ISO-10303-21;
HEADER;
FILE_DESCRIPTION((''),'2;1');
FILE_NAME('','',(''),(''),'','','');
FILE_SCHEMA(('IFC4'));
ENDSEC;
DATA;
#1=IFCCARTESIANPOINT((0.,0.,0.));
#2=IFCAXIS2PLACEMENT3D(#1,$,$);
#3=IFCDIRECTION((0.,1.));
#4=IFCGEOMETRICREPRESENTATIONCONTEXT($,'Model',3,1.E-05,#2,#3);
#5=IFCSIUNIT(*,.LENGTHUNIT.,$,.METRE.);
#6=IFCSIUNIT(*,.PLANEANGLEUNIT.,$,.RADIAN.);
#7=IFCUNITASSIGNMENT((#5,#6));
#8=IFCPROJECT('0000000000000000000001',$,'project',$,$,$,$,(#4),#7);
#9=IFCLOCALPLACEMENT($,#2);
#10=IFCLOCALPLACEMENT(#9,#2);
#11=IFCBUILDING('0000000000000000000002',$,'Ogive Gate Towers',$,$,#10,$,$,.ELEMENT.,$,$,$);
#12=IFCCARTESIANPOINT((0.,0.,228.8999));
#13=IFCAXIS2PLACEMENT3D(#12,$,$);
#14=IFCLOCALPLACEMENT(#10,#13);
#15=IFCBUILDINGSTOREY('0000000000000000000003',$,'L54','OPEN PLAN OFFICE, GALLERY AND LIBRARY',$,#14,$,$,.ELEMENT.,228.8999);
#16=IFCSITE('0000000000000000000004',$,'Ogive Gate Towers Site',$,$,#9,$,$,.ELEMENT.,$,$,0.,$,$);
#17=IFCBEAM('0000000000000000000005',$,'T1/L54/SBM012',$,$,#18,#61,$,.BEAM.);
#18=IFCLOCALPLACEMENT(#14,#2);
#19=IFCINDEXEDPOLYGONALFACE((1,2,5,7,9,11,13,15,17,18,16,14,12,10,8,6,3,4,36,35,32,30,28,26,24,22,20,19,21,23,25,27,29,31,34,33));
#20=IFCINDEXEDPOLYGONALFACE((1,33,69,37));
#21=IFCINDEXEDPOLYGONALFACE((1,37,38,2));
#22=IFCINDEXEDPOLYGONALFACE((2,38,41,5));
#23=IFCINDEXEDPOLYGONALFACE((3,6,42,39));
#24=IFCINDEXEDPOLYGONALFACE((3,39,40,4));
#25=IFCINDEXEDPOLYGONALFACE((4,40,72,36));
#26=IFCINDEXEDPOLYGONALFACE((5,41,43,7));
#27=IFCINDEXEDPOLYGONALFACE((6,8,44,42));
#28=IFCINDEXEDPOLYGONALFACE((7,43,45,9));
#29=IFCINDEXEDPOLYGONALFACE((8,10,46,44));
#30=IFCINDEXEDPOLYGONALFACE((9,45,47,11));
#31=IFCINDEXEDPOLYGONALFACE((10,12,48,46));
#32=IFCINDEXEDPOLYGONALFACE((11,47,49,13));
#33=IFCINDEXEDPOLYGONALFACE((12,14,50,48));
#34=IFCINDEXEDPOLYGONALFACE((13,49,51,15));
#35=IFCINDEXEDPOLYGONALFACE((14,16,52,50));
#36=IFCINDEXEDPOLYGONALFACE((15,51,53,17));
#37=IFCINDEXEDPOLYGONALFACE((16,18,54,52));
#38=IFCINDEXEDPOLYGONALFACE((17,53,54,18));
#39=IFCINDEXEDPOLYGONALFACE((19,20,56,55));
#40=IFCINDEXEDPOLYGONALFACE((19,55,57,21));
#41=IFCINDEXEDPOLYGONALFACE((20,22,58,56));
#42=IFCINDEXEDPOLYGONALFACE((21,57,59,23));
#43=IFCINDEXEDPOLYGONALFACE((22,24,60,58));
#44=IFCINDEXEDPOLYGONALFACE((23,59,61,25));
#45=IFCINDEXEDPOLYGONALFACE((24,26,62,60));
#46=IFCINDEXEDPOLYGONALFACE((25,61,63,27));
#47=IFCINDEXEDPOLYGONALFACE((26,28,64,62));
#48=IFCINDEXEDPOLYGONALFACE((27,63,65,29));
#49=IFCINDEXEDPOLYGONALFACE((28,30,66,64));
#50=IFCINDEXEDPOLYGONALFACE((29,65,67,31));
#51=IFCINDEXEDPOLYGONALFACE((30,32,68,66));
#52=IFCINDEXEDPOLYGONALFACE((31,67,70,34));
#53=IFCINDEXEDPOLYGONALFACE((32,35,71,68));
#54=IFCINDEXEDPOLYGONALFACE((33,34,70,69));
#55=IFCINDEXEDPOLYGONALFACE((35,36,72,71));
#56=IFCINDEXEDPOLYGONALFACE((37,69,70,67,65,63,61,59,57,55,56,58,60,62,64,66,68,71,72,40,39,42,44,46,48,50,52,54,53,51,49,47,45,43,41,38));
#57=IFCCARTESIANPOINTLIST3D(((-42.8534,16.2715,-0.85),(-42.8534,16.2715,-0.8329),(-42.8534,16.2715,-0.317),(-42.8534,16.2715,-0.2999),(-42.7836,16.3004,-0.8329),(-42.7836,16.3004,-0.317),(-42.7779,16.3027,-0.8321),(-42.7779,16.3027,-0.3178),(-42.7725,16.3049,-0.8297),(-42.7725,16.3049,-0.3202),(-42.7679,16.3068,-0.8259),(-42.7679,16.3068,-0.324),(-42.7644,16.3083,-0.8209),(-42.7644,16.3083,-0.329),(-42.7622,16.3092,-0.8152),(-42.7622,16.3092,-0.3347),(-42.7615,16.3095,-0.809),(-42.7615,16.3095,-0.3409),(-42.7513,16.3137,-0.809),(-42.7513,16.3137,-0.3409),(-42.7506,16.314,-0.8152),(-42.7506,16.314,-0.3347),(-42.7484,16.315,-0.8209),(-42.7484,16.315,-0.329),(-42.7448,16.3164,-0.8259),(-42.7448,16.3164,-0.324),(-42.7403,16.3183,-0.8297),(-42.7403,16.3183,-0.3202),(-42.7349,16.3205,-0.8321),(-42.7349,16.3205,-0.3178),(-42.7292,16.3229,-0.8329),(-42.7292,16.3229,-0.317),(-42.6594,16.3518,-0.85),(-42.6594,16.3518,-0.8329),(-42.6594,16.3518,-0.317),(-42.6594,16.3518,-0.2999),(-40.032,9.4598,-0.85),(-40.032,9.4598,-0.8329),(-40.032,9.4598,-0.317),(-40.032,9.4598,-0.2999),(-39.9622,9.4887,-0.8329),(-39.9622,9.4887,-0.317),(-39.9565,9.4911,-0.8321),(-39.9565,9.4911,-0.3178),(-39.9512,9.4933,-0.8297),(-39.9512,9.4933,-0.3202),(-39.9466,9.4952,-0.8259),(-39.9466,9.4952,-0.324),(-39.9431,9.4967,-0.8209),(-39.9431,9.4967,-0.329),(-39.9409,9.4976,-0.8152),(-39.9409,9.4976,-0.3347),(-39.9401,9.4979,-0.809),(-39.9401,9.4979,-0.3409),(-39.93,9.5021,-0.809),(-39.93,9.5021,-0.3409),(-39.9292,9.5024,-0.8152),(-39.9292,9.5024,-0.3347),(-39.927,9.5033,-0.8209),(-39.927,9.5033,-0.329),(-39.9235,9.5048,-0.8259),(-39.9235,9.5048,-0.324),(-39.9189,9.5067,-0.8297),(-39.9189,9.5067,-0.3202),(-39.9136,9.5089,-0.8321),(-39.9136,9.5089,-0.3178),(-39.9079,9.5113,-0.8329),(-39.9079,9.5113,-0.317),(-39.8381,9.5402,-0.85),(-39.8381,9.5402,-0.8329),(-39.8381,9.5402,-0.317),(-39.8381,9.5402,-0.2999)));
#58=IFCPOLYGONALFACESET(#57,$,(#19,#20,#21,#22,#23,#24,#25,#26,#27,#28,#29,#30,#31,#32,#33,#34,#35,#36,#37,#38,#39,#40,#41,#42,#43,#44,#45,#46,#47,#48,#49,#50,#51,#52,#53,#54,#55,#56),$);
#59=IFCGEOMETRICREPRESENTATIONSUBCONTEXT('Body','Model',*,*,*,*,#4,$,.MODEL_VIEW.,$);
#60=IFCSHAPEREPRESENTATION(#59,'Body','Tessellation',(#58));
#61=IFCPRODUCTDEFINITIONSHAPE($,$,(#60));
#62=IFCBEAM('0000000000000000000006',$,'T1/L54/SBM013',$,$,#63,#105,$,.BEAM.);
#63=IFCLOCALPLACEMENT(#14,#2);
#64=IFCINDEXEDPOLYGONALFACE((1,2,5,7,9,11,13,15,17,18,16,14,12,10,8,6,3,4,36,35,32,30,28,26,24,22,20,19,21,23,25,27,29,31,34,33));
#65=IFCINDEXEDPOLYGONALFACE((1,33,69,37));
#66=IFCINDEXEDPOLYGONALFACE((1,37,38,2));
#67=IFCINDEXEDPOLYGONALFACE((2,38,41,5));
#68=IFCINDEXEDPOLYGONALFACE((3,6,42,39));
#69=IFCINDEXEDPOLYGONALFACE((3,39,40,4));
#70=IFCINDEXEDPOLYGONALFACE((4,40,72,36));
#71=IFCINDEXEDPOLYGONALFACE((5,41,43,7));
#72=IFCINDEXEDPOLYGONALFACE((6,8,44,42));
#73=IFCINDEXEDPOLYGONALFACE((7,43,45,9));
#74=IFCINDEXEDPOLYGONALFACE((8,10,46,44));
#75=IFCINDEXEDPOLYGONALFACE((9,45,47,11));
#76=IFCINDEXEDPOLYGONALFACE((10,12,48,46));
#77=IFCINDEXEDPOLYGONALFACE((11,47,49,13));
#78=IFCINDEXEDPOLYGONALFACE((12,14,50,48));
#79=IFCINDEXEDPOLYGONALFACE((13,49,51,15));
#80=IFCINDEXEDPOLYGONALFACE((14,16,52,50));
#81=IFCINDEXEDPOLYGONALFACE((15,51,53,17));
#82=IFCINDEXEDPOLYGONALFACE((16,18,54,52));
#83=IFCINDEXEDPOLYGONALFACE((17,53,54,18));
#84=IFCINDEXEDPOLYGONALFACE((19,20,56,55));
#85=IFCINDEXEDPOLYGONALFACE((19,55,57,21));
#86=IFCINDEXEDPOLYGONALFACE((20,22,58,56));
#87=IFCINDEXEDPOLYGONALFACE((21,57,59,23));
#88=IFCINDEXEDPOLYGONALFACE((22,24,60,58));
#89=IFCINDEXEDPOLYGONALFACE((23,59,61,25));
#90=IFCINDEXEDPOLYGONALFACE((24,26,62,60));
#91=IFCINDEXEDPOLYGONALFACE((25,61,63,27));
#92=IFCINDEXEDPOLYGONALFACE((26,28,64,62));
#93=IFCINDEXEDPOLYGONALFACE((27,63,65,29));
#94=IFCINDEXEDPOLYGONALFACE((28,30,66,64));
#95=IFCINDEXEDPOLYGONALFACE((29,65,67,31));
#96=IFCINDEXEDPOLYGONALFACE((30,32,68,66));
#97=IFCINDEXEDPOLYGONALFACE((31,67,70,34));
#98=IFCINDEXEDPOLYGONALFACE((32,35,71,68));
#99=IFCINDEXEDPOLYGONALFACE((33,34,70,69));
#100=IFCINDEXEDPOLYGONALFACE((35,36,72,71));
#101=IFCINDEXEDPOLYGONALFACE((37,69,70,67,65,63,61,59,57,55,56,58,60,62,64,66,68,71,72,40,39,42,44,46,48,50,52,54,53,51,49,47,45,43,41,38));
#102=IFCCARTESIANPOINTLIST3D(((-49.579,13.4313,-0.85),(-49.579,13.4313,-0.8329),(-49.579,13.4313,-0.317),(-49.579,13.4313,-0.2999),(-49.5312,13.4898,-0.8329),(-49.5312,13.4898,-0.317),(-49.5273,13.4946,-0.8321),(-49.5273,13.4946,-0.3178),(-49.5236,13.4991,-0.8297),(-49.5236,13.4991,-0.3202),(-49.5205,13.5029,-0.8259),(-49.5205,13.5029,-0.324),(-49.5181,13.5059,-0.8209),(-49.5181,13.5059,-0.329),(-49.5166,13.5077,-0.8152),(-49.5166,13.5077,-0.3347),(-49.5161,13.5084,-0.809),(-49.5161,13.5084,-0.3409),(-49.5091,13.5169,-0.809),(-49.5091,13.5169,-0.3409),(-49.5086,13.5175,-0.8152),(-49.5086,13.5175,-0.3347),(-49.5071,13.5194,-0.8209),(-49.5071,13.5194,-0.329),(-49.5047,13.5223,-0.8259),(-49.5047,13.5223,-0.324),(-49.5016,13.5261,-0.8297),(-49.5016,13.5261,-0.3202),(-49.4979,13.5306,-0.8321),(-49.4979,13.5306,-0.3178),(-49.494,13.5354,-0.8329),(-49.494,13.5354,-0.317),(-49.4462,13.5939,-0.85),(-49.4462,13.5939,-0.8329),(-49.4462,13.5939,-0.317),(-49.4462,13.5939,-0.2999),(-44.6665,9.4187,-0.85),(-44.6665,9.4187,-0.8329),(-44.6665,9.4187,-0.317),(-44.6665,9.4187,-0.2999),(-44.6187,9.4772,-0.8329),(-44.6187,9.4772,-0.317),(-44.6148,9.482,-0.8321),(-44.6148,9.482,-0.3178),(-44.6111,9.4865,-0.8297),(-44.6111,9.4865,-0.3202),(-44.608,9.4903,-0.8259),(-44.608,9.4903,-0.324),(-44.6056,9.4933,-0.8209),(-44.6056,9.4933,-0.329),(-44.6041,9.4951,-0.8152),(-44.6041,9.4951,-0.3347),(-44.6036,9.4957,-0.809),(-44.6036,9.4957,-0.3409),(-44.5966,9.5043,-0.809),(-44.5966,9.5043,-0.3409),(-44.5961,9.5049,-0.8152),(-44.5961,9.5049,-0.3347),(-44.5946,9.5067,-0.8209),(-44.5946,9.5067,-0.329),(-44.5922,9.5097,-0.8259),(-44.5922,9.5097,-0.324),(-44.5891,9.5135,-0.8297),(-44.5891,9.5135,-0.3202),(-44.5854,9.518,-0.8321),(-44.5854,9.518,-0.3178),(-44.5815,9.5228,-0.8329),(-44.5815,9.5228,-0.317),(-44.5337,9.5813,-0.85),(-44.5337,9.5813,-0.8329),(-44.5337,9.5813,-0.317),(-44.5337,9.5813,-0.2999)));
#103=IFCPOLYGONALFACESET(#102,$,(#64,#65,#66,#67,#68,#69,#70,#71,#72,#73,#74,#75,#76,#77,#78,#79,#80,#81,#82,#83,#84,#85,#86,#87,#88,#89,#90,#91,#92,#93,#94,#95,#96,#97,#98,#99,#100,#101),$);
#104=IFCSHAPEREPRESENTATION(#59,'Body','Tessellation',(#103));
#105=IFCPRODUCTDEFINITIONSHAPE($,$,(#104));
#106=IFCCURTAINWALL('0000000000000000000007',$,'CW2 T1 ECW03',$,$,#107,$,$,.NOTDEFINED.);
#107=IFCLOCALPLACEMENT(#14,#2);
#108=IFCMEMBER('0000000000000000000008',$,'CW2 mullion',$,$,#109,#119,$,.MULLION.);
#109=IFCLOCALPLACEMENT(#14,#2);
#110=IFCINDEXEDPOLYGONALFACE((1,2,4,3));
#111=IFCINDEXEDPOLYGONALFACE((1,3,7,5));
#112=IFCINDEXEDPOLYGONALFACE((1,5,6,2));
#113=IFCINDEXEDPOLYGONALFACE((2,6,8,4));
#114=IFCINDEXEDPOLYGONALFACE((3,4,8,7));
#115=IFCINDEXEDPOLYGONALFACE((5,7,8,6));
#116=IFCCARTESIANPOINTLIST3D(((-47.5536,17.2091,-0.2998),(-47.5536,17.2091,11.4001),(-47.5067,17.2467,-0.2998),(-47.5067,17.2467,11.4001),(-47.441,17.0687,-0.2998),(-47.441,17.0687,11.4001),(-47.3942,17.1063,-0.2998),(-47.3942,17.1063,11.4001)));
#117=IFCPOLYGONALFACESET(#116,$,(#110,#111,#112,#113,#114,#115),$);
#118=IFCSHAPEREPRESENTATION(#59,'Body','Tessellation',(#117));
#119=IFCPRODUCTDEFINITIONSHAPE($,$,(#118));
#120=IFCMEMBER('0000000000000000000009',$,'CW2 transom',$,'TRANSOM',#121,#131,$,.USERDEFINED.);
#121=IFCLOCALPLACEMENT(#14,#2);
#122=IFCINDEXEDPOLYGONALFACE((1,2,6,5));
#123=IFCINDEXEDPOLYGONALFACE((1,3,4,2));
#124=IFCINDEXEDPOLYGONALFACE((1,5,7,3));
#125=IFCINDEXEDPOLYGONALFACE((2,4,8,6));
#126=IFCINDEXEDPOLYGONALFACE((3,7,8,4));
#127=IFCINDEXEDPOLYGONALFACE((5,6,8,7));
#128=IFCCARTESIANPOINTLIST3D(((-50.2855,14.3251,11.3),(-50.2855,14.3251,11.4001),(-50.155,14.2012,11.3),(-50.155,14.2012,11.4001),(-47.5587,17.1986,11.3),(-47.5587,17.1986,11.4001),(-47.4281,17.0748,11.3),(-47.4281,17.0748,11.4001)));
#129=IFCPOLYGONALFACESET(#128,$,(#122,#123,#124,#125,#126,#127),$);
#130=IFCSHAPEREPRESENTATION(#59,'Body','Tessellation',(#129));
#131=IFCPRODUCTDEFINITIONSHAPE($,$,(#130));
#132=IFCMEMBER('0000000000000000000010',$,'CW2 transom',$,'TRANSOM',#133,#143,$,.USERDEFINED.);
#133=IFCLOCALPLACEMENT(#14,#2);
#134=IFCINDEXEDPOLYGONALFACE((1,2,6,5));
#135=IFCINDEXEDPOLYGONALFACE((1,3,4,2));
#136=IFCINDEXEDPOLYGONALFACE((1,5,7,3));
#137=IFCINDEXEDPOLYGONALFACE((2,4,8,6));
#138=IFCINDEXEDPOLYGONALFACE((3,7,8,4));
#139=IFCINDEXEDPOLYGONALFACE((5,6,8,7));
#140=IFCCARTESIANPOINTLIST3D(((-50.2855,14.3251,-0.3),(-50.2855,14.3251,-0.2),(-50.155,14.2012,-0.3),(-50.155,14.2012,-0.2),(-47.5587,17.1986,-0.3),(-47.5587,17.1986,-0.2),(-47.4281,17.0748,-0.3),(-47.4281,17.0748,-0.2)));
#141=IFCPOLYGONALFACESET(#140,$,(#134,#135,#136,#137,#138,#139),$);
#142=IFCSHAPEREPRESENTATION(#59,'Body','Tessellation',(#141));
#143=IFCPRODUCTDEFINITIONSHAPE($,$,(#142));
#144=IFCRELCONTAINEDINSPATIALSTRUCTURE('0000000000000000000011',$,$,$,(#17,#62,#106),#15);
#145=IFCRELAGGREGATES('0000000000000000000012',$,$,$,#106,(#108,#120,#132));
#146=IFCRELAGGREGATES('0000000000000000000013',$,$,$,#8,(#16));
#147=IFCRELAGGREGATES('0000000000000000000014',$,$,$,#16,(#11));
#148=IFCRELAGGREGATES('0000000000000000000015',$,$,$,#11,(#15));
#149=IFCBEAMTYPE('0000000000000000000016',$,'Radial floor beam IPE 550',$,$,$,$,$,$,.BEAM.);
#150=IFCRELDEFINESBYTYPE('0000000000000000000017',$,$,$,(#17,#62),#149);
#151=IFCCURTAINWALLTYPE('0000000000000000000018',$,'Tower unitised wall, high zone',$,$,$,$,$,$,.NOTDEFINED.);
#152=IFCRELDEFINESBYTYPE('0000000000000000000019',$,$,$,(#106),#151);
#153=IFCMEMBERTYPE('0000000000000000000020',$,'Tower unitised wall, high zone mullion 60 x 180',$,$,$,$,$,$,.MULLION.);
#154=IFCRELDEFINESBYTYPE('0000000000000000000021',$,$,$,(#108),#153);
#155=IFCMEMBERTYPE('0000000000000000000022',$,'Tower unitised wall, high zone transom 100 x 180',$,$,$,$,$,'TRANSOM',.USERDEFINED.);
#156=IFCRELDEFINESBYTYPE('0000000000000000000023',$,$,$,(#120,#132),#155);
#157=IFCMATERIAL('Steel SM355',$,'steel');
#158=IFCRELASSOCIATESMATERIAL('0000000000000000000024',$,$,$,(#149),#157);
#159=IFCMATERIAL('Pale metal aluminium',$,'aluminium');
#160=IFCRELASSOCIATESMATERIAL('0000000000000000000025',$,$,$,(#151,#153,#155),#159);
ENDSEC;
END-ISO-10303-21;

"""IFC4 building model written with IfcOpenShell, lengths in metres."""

from ifc_helpers import new_model, si_unit, direction, frame, origin, origin_2d, place, context, subcontext, project, spatial, rectangle, i_section, extrude, material, material_profile, profile_set, type_object, element, aggregate, save


model = new_model("IFC4")

# Units and contexts
model_context = context("Model", 3, precision=1e-05, world=origin(), true_north=direction((0.0, 1.0)))
body_context = subcontext(model_context, "Body", "Model", "MODEL_VIEW")
ifc_project = project(units=[si_unit("LENGTHUNIT", "METRE"), si_unit("PLANEANGLEUNIT", "RADIAN")], contexts=[model_context])

# Site, building, storey
site_placement = place(None, origin())
site = spatial("IfcSite", under=ifc_project, at=site_placement, Name="Ogive Gate Towers Site", CompositionType="ELEMENT", RefElevation=0.0)
building_placement = place(site_placement, origin())
building = spatial("IfcBuilding", under=site, at=building_placement, Name="Ogive Gate Towers", CompositionType="ELEMENT")
storey_placement = place(building_placement, frame((0.0, 0.0, 228.8999)))
storey = spatial("IfcBuildingStorey", under=building, at=storey_placement, Name="L54", Description="OPEN PLAN OFFICE, GALLERY AND LIBRARY", CompositionType="ELEMENT", Elevation=228.8999)

# Beams
ifc_material_1 = material(Name="Steel SM355", Category="steel")
ifc_material_profile_1 = material_profile(ifc_material_1, i_section(OverallWidth=0.21, OverallDepth=0.55, WebThickness=0.011, FlangeThickness=0.0171, FilletRadius=0.0239, at=origin_2d()), Name="IPE 550")
ifc_profile_set_1 = profile_set([ifc_material_profile_1], Name="Steel SM355")
beam_type = type_object("IfcBeamType", Name="Radial floor beam IPE 550", PredefinedType="BEAM", material=ifc_profile_set_1)
beam_1_placement = place(storey_placement, frame((-39.9351, 9.5, -0.575), z_axis=(-0.382668, 0.923886, 0.0), x_axis=(-0.923886, -0.382668, 0.0)))
element("IfcBeam", 1, at=beam_1_placement, inside=storey, type_object=beam_type, Name="T1/L54/SBM012", PredefinedType="BEAM", context=body_context, shape_type="SweptSolid", body=[
    extrude(i_section(OverallWidth=0.21, OverallDepth=0.55, WebThickness=0.011, FlangeThickness=0.0171, FilletRadius=0.0239, at=origin_2d()), origin(), (0.0, 0.0, 1.0), 7.3728),
])
beam_2_placement = place(storey_placement, frame((-44.6001, 9.5, -0.575), z_axis=(-0.774475, 0.632605, 0.0), x_axis=(-0.632605, -0.774475, 0.0)))
element("IfcBeam", 2, at=beam_2_placement, inside=storey, type_object=beam_type, Name="T1/L54/SBM013", PredefinedType="BEAM", context=body_context, shape_type="SweptSolid", body=[
    extrude(i_section(OverallWidth=0.21, OverallDepth=0.55, WebThickness=0.011, FlangeThickness=0.0171, FilletRadius=0.0239, at=origin_2d()), origin(), (0.0, 0.0, 1.0), 6.343),
])

# Curtain wall, members
ifc_material_2 = material(Name="Pale metal aluminium", Category="aluminium")
curtain_wall_type = type_object("IfcCurtainWallType", Name="Tower unitised wall, high zone", PredefinedType="NOTDEFINED", material=ifc_material_2)
curtain_wall_placement = place(storey_placement, origin())
curtain_wall = element("IfcCurtainWall", 3, at=curtain_wall_placement, inside=storey, type_object=curtain_wall_type, Name="CW2 T1 ECW03", PredefinedType="NOTDEFINED")
ifc_material_profile_2 = material_profile(ifc_material_2, rectangle(XDim=0.1799, YDim=0.0601, at=origin_2d()), Name="60 x 180 aluminium box")
ifc_profile_set_2 = profile_set([ifc_material_profile_2], Name="Pale metal aluminium")
member_type_1 = type_object("IfcMemberType", Name="Tower unitised wall, high zone mullion 60 x 180", PredefinedType="MULLION", material=ifc_profile_set_2)
member_1_placement = place(storey_placement, frame((-47.4739, 17.1577, -0.2998), z_axis=(0.0, 0.0, 1.0), x_axis=(-0.625529, 0.780201, 0.0)))
member_1 = element("IfcMember", 4, at=member_1_placement, type_object=member_type_1, Name="CW2 mullion", PredefinedType="MULLION", context=body_context, shape_type="SweptSolid", body=[
    extrude(rectangle(XDim=0.1799, YDim=0.0601, at=origin_2d()), origin(), (0.0, 0.0, 1.0), 11.7),
])
ifc_material_profile_3 = material_profile(ifc_material_2, rectangle(XDim=0.1799, YDim=0.1001, at=origin_2d()), Name="100 x 180 aluminium box")
ifc_profile_set_3 = profile_set([ifc_material_profile_3], Name="Pale metal aluminium")
member_type_2 = type_object("IfcMemberType", Name="Tower unitised wall, high zone transom 100 x 180", ElementType="TRANSOM", PredefinedType="USERDEFINED", material=ifc_profile_set_3)
member_2_placement = place(storey_placement, frame((-47.4934, 17.1367, 11.3501), z_axis=(-0.688344, -0.725384, 0.0), x_axis=(0.725384, -0.688344, 0.0)))
member_2 = element("IfcMember", 5, at=member_2_placement, type_object=member_type_2, Name="CW2 transom", ObjectType="TRANSOM", PredefinedType="USERDEFINED", context=body_context, shape_type="SweptSolid", body=[
    extrude(rectangle(XDim=0.1799, YDim=0.1001, at=origin_2d()), origin(), (0.0, 0.0, 1.0), 3.9614),
])
member_3_placement = place(storey_placement, frame((-47.4934, 17.1367, -0.25), z_axis=(-0.688344, -0.725384, 0.0), x_axis=(0.725384, -0.688344, 0.0)))
member_3 = element("IfcMember", 6, at=member_3_placement, type_object=member_type_2, Name="CW2 transom", ObjectType="TRANSOM", PredefinedType="USERDEFINED", context=body_context, shape_type="SweptSolid", body=[
    extrude(rectangle(XDim=0.1799, YDim=0.1001, at=origin_2d()), origin(), (0.0, 0.0, 1.0), 3.9614),
])
aggregate(curtain_wall, [member_1, member_2, member_3])

save(model, "model.ifc")
